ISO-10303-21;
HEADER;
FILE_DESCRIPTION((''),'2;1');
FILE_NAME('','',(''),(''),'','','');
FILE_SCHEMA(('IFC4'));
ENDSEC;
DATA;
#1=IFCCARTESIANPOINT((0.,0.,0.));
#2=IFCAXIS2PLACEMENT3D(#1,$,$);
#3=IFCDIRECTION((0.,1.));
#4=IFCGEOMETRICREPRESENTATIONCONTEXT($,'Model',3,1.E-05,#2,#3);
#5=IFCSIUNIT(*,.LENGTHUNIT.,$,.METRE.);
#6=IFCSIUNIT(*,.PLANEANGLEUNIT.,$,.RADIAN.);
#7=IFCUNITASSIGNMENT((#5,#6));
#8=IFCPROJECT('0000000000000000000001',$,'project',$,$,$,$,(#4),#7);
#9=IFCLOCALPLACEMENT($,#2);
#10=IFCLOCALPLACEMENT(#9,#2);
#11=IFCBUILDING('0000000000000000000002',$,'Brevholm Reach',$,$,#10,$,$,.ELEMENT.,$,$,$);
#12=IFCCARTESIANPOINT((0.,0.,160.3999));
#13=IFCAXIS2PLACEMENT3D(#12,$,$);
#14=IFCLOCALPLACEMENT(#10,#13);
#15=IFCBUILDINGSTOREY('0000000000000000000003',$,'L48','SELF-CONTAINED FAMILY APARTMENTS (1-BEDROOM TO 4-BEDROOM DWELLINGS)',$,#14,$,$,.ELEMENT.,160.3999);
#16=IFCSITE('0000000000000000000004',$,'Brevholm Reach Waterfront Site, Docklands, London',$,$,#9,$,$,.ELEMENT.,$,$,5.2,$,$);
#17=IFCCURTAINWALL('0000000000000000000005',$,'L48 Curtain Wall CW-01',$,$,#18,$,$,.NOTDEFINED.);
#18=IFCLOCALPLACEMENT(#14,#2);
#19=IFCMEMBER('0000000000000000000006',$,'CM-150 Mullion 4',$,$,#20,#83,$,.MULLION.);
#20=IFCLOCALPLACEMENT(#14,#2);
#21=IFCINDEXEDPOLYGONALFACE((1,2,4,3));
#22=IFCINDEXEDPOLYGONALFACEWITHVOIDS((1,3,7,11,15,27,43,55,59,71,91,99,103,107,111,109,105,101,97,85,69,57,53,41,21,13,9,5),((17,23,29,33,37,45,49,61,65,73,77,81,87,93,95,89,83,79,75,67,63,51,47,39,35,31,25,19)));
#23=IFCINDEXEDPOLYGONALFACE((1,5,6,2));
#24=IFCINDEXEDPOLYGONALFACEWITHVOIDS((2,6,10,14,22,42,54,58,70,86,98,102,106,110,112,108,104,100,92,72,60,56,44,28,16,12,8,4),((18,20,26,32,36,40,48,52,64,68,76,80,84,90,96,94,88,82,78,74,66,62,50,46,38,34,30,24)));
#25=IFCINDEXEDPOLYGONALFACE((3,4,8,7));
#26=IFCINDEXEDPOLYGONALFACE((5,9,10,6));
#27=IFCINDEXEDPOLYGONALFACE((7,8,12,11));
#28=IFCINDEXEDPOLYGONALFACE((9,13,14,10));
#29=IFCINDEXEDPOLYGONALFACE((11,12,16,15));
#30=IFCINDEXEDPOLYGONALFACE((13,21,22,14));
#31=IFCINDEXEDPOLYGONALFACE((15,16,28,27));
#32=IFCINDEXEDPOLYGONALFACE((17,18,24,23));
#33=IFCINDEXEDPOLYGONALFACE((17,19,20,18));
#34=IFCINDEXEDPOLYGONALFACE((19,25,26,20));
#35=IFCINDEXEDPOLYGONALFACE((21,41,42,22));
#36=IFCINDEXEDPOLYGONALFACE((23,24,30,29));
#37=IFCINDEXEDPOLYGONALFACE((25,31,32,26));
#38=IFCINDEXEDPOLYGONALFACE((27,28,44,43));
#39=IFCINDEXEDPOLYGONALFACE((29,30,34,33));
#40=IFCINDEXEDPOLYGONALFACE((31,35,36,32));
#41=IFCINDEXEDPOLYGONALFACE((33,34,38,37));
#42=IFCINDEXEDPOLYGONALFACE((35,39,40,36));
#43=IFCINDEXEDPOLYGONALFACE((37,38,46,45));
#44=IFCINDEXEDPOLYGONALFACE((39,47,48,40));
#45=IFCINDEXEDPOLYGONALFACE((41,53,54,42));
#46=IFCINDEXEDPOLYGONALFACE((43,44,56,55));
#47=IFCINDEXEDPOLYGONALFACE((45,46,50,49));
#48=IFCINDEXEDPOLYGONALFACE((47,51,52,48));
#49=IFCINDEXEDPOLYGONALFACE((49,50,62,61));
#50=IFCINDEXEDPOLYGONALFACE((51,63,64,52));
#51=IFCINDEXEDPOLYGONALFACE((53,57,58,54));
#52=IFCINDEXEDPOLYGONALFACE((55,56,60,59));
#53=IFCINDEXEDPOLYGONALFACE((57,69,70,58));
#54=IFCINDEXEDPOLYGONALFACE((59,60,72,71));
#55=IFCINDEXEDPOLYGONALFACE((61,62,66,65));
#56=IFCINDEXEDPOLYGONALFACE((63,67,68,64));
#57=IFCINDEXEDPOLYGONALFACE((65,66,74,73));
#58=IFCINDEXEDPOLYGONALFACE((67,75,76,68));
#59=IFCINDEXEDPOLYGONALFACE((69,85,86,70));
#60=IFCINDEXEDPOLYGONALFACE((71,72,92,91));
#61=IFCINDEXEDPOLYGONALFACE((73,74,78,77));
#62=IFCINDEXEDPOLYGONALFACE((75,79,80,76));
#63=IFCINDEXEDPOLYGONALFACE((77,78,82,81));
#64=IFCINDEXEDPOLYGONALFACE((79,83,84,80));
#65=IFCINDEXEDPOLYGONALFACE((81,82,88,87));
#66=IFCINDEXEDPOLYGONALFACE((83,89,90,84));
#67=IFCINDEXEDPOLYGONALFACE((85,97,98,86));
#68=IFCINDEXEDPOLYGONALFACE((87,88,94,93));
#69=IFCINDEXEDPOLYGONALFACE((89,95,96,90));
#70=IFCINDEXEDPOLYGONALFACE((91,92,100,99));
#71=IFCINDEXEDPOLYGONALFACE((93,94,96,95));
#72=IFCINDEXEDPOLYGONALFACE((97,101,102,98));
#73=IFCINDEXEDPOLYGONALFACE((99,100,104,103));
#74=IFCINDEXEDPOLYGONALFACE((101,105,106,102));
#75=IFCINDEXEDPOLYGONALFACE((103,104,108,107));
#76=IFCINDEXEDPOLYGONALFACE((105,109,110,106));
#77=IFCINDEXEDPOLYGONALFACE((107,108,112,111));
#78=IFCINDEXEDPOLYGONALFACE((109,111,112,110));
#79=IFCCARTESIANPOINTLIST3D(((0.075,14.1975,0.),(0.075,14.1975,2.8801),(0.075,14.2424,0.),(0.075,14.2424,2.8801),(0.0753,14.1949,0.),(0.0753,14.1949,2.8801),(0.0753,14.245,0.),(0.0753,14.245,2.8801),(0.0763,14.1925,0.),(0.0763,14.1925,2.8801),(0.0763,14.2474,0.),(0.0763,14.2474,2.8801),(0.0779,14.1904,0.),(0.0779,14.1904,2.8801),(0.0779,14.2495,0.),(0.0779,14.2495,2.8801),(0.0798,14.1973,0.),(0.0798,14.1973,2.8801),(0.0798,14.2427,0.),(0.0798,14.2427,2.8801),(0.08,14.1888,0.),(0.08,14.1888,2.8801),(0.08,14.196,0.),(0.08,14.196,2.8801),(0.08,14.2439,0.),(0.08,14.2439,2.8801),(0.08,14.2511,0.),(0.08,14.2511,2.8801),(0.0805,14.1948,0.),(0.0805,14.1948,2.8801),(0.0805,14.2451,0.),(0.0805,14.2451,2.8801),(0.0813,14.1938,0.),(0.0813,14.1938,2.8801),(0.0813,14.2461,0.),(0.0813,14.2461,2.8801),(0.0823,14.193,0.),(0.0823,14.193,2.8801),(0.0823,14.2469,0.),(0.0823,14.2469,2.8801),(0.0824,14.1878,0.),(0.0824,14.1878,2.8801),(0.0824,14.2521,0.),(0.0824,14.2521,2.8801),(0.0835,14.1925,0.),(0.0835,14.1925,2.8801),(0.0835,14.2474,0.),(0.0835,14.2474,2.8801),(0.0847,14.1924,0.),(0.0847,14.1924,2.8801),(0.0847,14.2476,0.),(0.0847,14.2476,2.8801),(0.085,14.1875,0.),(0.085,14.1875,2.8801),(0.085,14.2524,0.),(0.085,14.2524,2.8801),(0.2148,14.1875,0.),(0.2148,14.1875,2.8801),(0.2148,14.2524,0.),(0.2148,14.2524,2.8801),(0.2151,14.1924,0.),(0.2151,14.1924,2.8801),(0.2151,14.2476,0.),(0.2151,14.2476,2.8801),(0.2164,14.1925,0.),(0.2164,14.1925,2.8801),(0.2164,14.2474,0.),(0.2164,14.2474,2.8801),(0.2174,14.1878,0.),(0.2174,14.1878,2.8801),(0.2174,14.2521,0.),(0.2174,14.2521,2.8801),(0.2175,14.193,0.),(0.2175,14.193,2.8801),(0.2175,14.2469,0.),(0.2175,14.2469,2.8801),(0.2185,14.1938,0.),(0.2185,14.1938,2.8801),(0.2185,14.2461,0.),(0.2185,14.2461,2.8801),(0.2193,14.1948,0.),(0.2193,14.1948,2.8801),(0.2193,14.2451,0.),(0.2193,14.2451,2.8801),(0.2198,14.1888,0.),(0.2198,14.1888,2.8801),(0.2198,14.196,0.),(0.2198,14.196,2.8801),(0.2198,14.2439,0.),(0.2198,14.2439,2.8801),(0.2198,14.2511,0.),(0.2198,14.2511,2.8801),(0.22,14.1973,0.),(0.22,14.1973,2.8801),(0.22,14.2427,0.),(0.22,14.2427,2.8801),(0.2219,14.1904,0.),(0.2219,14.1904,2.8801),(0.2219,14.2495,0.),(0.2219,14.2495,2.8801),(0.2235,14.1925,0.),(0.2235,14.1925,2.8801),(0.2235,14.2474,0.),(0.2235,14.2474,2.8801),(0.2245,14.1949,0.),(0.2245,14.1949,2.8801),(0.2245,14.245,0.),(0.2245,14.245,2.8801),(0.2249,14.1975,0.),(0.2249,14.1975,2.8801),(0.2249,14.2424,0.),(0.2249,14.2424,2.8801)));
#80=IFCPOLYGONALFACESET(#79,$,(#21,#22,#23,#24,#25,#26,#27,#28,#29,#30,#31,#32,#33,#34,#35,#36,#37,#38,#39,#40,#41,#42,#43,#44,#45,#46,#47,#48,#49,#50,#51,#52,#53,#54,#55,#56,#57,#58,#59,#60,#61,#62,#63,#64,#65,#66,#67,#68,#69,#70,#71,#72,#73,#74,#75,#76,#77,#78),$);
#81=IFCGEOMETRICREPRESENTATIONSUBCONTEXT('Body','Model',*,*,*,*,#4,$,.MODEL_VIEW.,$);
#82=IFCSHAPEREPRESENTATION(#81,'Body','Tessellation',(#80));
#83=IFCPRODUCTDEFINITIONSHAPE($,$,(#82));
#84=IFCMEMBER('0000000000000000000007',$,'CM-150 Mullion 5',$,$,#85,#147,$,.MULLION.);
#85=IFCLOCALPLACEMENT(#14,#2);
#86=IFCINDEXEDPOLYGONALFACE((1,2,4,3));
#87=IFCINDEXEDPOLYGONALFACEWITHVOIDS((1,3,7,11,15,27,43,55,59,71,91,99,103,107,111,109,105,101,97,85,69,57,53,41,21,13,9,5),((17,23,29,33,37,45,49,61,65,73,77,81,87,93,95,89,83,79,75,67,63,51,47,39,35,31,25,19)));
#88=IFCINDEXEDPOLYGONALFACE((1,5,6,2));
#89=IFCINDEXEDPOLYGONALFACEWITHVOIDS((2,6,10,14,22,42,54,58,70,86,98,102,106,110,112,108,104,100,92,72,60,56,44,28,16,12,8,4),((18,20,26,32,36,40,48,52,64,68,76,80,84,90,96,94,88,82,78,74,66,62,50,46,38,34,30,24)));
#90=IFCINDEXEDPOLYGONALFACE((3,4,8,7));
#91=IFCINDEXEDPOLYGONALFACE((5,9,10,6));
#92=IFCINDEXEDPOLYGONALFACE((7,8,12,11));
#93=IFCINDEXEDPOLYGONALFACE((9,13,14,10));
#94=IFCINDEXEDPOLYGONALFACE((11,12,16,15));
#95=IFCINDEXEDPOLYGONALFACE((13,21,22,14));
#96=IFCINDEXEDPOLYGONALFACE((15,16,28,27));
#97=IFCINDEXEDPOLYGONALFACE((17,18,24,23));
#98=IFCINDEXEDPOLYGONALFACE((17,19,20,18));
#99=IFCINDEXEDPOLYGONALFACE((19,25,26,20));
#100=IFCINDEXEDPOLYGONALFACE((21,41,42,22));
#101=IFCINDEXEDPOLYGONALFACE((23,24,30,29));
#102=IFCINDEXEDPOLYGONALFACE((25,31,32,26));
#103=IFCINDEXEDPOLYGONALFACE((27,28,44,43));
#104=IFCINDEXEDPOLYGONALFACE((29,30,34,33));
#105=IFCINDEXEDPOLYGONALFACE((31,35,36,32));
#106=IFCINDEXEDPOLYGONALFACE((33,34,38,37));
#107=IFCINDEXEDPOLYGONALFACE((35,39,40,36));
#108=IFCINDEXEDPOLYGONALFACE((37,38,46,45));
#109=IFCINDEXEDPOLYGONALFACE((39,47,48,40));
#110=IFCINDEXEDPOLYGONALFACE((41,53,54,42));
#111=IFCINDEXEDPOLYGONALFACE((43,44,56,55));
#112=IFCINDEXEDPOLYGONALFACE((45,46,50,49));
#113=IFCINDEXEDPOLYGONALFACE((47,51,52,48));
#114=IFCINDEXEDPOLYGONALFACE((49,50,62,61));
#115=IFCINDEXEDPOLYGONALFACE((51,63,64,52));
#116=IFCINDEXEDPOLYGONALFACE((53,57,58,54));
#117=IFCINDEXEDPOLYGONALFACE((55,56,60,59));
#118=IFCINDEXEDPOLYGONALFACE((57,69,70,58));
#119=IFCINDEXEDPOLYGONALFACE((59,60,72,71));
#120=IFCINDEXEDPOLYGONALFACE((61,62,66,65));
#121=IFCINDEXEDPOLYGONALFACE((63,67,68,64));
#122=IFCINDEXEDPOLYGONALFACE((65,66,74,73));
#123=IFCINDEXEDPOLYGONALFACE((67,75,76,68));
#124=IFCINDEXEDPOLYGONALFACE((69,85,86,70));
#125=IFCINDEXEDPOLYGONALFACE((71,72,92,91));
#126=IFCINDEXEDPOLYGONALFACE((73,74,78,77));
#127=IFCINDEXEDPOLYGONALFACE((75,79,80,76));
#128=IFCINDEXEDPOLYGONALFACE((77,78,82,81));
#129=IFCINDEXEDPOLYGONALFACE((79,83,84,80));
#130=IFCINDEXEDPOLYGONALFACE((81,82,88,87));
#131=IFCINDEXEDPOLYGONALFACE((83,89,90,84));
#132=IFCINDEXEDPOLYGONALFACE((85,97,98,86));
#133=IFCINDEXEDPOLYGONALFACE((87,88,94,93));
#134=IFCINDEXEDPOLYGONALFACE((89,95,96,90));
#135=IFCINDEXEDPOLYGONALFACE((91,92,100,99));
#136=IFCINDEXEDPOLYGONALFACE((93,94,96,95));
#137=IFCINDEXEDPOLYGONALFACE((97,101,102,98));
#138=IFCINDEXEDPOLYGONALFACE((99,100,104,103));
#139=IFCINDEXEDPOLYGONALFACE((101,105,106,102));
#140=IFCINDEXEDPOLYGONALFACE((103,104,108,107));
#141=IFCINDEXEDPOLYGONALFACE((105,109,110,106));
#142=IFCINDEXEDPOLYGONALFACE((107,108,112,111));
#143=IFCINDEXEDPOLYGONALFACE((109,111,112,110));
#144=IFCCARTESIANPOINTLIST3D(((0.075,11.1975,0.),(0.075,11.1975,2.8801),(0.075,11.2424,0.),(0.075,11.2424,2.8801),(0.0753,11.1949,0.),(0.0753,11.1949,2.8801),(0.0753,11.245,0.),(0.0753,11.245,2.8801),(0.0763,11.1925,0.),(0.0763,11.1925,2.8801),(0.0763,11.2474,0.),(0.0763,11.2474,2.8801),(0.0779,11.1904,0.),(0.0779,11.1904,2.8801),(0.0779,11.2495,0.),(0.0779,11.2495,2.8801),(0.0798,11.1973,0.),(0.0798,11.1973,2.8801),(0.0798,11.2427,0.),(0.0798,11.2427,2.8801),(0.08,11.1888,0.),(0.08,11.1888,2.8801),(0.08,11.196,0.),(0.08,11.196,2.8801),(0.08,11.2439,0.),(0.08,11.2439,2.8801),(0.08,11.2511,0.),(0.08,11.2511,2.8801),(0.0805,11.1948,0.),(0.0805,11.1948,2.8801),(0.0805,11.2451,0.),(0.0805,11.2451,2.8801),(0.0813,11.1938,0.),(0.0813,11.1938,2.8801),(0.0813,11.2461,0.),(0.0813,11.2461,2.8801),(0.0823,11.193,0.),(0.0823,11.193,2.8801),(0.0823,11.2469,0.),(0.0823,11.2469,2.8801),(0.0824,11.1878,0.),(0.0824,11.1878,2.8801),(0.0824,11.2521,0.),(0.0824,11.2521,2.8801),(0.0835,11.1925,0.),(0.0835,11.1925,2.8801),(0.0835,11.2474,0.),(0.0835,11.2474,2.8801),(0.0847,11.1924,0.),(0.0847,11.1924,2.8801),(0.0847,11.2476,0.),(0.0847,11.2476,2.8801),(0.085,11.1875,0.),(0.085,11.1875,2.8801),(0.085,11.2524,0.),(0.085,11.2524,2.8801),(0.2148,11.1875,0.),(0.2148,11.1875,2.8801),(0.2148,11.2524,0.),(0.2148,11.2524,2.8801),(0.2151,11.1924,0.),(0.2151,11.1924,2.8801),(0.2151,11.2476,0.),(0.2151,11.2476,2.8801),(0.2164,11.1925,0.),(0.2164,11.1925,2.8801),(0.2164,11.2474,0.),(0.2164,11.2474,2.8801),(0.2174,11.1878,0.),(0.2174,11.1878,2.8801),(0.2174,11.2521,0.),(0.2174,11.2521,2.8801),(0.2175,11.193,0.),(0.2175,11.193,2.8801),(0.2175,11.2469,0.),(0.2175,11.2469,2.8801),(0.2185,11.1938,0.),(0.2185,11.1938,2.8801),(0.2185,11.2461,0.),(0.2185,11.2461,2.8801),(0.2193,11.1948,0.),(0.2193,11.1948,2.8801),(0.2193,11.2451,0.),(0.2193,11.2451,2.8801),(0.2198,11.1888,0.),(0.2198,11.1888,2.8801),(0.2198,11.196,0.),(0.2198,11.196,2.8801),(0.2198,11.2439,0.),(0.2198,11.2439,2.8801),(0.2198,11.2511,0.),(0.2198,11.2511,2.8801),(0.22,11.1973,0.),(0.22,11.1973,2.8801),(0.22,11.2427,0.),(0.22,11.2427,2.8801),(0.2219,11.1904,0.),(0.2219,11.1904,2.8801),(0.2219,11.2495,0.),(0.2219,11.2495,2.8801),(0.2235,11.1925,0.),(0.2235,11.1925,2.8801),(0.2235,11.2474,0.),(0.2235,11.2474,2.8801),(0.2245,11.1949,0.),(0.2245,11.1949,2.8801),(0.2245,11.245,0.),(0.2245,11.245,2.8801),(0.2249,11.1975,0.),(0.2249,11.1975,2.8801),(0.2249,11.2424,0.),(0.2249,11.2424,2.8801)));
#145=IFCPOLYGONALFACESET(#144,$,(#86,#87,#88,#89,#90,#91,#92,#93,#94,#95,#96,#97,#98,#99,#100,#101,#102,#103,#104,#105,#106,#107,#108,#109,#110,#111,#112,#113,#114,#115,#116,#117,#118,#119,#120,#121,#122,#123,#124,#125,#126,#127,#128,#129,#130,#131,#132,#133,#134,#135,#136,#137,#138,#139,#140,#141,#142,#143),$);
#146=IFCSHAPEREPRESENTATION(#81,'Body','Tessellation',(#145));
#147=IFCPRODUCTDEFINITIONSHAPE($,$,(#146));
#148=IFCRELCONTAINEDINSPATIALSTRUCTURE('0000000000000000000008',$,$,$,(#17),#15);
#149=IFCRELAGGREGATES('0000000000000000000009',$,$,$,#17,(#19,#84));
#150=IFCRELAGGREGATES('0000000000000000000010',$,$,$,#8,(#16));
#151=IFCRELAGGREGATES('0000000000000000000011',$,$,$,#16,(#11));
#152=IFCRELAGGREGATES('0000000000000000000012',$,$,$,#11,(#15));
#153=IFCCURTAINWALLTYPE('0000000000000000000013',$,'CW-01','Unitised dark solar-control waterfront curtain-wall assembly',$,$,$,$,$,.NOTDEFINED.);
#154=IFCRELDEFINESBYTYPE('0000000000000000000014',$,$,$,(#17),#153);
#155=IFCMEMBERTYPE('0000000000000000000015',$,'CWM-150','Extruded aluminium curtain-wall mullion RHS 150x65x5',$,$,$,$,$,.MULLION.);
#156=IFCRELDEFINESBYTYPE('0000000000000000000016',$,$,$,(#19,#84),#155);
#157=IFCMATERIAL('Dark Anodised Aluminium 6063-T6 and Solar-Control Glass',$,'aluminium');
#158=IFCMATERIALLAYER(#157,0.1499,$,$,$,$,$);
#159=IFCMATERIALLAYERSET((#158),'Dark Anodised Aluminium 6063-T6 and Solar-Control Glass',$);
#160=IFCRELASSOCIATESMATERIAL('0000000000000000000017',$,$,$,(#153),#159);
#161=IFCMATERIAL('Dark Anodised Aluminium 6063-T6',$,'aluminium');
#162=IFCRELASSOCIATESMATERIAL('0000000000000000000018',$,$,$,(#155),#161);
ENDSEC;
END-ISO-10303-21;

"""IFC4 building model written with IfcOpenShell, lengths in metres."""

from ifc_helpers import new_model, si_unit, direction, frame, origin, origin_2d, place, context, subcontext, project, spatial, hollow_rectangle, extrude, material, layer, layer_set, material_profile, profile_set, type_object, element, aggregate, save


model = new_model("IFC4")

# Units and contexts
model_context = context("Model", 3, precision=1e-05, world=origin(), true_north=direction((0.0, 1.0)))
body_context = subcontext(model_context, "Body", "Model", "MODEL_VIEW")
ifc_project = project(units=[si_unit("LENGTHUNIT", "METRE"), si_unit("PLANEANGLEUNIT", "RADIAN")], contexts=[model_context])

# Site, building, storey
site_placement = place(None, origin())
site = spatial("IfcSite", under=ifc_project, at=site_placement, Name="Brevholm Reach Waterfront Site, Docklands, London", CompositionType="ELEMENT", RefElevation=5.2)
building_placement = place(site_placement, origin())
building = spatial("IfcBuilding", under=site, at=building_placement, Name="Brevholm Reach", CompositionType="ELEMENT")
storey_placement = place(building_placement, frame((0.0, 0.0, 160.3999)))
storey = spatial("IfcBuildingStorey", under=building, at=storey_placement, Name="L48", Description="SELF-CONTAINED FAMILY APARTMENTS (1-BEDROOM TO 4-BEDROOM DWELLINGS)", CompositionType="ELEMENT", Elevation=160.3999)

# Curtain wall, members
ifc_material_1 = material(Name="Dark Anodised Aluminium 6063-T6 and Solar-Control Glass", Category="aluminium")
ifc_layer_1 = layer(ifc_material_1, 0.1499)
ifc_layer_set_1 = layer_set([ifc_layer_1], Name="Dark Anodised Aluminium 6063-T6 and Solar-Control Glass")
curtain_wall_type = type_object("IfcCurtainWallType", Name="CW-01", Description="Unitised dark solar-control waterfront curtain-wall assembly", PredefinedType="NOTDEFINED", material=ifc_layer_set_1)
curtain_wall_placement = place(storey_placement, origin())
curtain_wall = element("IfcCurtainWall", 1, at=curtain_wall_placement, inside=storey, type_object=curtain_wall_type, Name="L48 Curtain Wall CW-01", PredefinedType="NOTDEFINED")
ifc_material_2 = material(Name="Dark Anodised Aluminium 6063-T6", Category="aluminium")
ifc_material_profile_1 = material_profile(ifc_material_2, hollow_rectangle(XDim=0.0649, YDim=0.1499, WallThickness=0.0049, InnerFilletRadius=0.0049, OuterFilletRadius=0.01, at=origin_2d()), Name="RHS 150x65x5")
ifc_profile_set_1 = profile_set([ifc_material_profile_1], Name="Dark Anodised Aluminium 6063-T6")
member_type_1 = type_object("IfcMemberType", Name="CWM-150", Description="Extruded aluminium curtain-wall mullion RHS 150x65x5", PredefinedType="MULLION", material=ifc_profile_set_1)
member_1_placement = place(storey_placement, frame((0.1499, 14.22, 0.0), z_axis=(0.0, 0.0, 1.0), x_axis=(0.0, -1.0, 0.0)))
member_1 = element("IfcMember", 2, at=member_1_placement, type_object=member_type_1, Name="CM-150 Mullion 4", PredefinedType="MULLION", context=body_context, shape_type="SweptSolid", body=[
    extrude(hollow_rectangle(XDim=0.0649, YDim=0.1499, WallThickness=0.0049, InnerFilletRadius=0.0049, OuterFilletRadius=0.01, at=origin_2d()), origin(), (0.0, 0.0, 1.0), 2.8801),
])
member_2_placement = place(storey_placement, frame((0.1499, 11.22, 0.0), z_axis=(0.0, 0.0, 1.0), x_axis=(0.0, -1.0, 0.0)))
member_2 = element("IfcMember", 3, at=member_2_placement, type_object=member_type_1, Name="CM-150 Mullion 5", PredefinedType="MULLION", context=body_context, shape_type="SweptSolid", body=[
    extrude(hollow_rectangle(XDim=0.0649, YDim=0.1499, WallThickness=0.0049, InnerFilletRadius=0.0049, OuterFilletRadius=0.01, at=origin_2d()), origin(), (0.0, 0.0, 1.0), 2.8801),
])
aggregate(curtain_wall, [member_1, member_2])

save(model, "model.ifc")
